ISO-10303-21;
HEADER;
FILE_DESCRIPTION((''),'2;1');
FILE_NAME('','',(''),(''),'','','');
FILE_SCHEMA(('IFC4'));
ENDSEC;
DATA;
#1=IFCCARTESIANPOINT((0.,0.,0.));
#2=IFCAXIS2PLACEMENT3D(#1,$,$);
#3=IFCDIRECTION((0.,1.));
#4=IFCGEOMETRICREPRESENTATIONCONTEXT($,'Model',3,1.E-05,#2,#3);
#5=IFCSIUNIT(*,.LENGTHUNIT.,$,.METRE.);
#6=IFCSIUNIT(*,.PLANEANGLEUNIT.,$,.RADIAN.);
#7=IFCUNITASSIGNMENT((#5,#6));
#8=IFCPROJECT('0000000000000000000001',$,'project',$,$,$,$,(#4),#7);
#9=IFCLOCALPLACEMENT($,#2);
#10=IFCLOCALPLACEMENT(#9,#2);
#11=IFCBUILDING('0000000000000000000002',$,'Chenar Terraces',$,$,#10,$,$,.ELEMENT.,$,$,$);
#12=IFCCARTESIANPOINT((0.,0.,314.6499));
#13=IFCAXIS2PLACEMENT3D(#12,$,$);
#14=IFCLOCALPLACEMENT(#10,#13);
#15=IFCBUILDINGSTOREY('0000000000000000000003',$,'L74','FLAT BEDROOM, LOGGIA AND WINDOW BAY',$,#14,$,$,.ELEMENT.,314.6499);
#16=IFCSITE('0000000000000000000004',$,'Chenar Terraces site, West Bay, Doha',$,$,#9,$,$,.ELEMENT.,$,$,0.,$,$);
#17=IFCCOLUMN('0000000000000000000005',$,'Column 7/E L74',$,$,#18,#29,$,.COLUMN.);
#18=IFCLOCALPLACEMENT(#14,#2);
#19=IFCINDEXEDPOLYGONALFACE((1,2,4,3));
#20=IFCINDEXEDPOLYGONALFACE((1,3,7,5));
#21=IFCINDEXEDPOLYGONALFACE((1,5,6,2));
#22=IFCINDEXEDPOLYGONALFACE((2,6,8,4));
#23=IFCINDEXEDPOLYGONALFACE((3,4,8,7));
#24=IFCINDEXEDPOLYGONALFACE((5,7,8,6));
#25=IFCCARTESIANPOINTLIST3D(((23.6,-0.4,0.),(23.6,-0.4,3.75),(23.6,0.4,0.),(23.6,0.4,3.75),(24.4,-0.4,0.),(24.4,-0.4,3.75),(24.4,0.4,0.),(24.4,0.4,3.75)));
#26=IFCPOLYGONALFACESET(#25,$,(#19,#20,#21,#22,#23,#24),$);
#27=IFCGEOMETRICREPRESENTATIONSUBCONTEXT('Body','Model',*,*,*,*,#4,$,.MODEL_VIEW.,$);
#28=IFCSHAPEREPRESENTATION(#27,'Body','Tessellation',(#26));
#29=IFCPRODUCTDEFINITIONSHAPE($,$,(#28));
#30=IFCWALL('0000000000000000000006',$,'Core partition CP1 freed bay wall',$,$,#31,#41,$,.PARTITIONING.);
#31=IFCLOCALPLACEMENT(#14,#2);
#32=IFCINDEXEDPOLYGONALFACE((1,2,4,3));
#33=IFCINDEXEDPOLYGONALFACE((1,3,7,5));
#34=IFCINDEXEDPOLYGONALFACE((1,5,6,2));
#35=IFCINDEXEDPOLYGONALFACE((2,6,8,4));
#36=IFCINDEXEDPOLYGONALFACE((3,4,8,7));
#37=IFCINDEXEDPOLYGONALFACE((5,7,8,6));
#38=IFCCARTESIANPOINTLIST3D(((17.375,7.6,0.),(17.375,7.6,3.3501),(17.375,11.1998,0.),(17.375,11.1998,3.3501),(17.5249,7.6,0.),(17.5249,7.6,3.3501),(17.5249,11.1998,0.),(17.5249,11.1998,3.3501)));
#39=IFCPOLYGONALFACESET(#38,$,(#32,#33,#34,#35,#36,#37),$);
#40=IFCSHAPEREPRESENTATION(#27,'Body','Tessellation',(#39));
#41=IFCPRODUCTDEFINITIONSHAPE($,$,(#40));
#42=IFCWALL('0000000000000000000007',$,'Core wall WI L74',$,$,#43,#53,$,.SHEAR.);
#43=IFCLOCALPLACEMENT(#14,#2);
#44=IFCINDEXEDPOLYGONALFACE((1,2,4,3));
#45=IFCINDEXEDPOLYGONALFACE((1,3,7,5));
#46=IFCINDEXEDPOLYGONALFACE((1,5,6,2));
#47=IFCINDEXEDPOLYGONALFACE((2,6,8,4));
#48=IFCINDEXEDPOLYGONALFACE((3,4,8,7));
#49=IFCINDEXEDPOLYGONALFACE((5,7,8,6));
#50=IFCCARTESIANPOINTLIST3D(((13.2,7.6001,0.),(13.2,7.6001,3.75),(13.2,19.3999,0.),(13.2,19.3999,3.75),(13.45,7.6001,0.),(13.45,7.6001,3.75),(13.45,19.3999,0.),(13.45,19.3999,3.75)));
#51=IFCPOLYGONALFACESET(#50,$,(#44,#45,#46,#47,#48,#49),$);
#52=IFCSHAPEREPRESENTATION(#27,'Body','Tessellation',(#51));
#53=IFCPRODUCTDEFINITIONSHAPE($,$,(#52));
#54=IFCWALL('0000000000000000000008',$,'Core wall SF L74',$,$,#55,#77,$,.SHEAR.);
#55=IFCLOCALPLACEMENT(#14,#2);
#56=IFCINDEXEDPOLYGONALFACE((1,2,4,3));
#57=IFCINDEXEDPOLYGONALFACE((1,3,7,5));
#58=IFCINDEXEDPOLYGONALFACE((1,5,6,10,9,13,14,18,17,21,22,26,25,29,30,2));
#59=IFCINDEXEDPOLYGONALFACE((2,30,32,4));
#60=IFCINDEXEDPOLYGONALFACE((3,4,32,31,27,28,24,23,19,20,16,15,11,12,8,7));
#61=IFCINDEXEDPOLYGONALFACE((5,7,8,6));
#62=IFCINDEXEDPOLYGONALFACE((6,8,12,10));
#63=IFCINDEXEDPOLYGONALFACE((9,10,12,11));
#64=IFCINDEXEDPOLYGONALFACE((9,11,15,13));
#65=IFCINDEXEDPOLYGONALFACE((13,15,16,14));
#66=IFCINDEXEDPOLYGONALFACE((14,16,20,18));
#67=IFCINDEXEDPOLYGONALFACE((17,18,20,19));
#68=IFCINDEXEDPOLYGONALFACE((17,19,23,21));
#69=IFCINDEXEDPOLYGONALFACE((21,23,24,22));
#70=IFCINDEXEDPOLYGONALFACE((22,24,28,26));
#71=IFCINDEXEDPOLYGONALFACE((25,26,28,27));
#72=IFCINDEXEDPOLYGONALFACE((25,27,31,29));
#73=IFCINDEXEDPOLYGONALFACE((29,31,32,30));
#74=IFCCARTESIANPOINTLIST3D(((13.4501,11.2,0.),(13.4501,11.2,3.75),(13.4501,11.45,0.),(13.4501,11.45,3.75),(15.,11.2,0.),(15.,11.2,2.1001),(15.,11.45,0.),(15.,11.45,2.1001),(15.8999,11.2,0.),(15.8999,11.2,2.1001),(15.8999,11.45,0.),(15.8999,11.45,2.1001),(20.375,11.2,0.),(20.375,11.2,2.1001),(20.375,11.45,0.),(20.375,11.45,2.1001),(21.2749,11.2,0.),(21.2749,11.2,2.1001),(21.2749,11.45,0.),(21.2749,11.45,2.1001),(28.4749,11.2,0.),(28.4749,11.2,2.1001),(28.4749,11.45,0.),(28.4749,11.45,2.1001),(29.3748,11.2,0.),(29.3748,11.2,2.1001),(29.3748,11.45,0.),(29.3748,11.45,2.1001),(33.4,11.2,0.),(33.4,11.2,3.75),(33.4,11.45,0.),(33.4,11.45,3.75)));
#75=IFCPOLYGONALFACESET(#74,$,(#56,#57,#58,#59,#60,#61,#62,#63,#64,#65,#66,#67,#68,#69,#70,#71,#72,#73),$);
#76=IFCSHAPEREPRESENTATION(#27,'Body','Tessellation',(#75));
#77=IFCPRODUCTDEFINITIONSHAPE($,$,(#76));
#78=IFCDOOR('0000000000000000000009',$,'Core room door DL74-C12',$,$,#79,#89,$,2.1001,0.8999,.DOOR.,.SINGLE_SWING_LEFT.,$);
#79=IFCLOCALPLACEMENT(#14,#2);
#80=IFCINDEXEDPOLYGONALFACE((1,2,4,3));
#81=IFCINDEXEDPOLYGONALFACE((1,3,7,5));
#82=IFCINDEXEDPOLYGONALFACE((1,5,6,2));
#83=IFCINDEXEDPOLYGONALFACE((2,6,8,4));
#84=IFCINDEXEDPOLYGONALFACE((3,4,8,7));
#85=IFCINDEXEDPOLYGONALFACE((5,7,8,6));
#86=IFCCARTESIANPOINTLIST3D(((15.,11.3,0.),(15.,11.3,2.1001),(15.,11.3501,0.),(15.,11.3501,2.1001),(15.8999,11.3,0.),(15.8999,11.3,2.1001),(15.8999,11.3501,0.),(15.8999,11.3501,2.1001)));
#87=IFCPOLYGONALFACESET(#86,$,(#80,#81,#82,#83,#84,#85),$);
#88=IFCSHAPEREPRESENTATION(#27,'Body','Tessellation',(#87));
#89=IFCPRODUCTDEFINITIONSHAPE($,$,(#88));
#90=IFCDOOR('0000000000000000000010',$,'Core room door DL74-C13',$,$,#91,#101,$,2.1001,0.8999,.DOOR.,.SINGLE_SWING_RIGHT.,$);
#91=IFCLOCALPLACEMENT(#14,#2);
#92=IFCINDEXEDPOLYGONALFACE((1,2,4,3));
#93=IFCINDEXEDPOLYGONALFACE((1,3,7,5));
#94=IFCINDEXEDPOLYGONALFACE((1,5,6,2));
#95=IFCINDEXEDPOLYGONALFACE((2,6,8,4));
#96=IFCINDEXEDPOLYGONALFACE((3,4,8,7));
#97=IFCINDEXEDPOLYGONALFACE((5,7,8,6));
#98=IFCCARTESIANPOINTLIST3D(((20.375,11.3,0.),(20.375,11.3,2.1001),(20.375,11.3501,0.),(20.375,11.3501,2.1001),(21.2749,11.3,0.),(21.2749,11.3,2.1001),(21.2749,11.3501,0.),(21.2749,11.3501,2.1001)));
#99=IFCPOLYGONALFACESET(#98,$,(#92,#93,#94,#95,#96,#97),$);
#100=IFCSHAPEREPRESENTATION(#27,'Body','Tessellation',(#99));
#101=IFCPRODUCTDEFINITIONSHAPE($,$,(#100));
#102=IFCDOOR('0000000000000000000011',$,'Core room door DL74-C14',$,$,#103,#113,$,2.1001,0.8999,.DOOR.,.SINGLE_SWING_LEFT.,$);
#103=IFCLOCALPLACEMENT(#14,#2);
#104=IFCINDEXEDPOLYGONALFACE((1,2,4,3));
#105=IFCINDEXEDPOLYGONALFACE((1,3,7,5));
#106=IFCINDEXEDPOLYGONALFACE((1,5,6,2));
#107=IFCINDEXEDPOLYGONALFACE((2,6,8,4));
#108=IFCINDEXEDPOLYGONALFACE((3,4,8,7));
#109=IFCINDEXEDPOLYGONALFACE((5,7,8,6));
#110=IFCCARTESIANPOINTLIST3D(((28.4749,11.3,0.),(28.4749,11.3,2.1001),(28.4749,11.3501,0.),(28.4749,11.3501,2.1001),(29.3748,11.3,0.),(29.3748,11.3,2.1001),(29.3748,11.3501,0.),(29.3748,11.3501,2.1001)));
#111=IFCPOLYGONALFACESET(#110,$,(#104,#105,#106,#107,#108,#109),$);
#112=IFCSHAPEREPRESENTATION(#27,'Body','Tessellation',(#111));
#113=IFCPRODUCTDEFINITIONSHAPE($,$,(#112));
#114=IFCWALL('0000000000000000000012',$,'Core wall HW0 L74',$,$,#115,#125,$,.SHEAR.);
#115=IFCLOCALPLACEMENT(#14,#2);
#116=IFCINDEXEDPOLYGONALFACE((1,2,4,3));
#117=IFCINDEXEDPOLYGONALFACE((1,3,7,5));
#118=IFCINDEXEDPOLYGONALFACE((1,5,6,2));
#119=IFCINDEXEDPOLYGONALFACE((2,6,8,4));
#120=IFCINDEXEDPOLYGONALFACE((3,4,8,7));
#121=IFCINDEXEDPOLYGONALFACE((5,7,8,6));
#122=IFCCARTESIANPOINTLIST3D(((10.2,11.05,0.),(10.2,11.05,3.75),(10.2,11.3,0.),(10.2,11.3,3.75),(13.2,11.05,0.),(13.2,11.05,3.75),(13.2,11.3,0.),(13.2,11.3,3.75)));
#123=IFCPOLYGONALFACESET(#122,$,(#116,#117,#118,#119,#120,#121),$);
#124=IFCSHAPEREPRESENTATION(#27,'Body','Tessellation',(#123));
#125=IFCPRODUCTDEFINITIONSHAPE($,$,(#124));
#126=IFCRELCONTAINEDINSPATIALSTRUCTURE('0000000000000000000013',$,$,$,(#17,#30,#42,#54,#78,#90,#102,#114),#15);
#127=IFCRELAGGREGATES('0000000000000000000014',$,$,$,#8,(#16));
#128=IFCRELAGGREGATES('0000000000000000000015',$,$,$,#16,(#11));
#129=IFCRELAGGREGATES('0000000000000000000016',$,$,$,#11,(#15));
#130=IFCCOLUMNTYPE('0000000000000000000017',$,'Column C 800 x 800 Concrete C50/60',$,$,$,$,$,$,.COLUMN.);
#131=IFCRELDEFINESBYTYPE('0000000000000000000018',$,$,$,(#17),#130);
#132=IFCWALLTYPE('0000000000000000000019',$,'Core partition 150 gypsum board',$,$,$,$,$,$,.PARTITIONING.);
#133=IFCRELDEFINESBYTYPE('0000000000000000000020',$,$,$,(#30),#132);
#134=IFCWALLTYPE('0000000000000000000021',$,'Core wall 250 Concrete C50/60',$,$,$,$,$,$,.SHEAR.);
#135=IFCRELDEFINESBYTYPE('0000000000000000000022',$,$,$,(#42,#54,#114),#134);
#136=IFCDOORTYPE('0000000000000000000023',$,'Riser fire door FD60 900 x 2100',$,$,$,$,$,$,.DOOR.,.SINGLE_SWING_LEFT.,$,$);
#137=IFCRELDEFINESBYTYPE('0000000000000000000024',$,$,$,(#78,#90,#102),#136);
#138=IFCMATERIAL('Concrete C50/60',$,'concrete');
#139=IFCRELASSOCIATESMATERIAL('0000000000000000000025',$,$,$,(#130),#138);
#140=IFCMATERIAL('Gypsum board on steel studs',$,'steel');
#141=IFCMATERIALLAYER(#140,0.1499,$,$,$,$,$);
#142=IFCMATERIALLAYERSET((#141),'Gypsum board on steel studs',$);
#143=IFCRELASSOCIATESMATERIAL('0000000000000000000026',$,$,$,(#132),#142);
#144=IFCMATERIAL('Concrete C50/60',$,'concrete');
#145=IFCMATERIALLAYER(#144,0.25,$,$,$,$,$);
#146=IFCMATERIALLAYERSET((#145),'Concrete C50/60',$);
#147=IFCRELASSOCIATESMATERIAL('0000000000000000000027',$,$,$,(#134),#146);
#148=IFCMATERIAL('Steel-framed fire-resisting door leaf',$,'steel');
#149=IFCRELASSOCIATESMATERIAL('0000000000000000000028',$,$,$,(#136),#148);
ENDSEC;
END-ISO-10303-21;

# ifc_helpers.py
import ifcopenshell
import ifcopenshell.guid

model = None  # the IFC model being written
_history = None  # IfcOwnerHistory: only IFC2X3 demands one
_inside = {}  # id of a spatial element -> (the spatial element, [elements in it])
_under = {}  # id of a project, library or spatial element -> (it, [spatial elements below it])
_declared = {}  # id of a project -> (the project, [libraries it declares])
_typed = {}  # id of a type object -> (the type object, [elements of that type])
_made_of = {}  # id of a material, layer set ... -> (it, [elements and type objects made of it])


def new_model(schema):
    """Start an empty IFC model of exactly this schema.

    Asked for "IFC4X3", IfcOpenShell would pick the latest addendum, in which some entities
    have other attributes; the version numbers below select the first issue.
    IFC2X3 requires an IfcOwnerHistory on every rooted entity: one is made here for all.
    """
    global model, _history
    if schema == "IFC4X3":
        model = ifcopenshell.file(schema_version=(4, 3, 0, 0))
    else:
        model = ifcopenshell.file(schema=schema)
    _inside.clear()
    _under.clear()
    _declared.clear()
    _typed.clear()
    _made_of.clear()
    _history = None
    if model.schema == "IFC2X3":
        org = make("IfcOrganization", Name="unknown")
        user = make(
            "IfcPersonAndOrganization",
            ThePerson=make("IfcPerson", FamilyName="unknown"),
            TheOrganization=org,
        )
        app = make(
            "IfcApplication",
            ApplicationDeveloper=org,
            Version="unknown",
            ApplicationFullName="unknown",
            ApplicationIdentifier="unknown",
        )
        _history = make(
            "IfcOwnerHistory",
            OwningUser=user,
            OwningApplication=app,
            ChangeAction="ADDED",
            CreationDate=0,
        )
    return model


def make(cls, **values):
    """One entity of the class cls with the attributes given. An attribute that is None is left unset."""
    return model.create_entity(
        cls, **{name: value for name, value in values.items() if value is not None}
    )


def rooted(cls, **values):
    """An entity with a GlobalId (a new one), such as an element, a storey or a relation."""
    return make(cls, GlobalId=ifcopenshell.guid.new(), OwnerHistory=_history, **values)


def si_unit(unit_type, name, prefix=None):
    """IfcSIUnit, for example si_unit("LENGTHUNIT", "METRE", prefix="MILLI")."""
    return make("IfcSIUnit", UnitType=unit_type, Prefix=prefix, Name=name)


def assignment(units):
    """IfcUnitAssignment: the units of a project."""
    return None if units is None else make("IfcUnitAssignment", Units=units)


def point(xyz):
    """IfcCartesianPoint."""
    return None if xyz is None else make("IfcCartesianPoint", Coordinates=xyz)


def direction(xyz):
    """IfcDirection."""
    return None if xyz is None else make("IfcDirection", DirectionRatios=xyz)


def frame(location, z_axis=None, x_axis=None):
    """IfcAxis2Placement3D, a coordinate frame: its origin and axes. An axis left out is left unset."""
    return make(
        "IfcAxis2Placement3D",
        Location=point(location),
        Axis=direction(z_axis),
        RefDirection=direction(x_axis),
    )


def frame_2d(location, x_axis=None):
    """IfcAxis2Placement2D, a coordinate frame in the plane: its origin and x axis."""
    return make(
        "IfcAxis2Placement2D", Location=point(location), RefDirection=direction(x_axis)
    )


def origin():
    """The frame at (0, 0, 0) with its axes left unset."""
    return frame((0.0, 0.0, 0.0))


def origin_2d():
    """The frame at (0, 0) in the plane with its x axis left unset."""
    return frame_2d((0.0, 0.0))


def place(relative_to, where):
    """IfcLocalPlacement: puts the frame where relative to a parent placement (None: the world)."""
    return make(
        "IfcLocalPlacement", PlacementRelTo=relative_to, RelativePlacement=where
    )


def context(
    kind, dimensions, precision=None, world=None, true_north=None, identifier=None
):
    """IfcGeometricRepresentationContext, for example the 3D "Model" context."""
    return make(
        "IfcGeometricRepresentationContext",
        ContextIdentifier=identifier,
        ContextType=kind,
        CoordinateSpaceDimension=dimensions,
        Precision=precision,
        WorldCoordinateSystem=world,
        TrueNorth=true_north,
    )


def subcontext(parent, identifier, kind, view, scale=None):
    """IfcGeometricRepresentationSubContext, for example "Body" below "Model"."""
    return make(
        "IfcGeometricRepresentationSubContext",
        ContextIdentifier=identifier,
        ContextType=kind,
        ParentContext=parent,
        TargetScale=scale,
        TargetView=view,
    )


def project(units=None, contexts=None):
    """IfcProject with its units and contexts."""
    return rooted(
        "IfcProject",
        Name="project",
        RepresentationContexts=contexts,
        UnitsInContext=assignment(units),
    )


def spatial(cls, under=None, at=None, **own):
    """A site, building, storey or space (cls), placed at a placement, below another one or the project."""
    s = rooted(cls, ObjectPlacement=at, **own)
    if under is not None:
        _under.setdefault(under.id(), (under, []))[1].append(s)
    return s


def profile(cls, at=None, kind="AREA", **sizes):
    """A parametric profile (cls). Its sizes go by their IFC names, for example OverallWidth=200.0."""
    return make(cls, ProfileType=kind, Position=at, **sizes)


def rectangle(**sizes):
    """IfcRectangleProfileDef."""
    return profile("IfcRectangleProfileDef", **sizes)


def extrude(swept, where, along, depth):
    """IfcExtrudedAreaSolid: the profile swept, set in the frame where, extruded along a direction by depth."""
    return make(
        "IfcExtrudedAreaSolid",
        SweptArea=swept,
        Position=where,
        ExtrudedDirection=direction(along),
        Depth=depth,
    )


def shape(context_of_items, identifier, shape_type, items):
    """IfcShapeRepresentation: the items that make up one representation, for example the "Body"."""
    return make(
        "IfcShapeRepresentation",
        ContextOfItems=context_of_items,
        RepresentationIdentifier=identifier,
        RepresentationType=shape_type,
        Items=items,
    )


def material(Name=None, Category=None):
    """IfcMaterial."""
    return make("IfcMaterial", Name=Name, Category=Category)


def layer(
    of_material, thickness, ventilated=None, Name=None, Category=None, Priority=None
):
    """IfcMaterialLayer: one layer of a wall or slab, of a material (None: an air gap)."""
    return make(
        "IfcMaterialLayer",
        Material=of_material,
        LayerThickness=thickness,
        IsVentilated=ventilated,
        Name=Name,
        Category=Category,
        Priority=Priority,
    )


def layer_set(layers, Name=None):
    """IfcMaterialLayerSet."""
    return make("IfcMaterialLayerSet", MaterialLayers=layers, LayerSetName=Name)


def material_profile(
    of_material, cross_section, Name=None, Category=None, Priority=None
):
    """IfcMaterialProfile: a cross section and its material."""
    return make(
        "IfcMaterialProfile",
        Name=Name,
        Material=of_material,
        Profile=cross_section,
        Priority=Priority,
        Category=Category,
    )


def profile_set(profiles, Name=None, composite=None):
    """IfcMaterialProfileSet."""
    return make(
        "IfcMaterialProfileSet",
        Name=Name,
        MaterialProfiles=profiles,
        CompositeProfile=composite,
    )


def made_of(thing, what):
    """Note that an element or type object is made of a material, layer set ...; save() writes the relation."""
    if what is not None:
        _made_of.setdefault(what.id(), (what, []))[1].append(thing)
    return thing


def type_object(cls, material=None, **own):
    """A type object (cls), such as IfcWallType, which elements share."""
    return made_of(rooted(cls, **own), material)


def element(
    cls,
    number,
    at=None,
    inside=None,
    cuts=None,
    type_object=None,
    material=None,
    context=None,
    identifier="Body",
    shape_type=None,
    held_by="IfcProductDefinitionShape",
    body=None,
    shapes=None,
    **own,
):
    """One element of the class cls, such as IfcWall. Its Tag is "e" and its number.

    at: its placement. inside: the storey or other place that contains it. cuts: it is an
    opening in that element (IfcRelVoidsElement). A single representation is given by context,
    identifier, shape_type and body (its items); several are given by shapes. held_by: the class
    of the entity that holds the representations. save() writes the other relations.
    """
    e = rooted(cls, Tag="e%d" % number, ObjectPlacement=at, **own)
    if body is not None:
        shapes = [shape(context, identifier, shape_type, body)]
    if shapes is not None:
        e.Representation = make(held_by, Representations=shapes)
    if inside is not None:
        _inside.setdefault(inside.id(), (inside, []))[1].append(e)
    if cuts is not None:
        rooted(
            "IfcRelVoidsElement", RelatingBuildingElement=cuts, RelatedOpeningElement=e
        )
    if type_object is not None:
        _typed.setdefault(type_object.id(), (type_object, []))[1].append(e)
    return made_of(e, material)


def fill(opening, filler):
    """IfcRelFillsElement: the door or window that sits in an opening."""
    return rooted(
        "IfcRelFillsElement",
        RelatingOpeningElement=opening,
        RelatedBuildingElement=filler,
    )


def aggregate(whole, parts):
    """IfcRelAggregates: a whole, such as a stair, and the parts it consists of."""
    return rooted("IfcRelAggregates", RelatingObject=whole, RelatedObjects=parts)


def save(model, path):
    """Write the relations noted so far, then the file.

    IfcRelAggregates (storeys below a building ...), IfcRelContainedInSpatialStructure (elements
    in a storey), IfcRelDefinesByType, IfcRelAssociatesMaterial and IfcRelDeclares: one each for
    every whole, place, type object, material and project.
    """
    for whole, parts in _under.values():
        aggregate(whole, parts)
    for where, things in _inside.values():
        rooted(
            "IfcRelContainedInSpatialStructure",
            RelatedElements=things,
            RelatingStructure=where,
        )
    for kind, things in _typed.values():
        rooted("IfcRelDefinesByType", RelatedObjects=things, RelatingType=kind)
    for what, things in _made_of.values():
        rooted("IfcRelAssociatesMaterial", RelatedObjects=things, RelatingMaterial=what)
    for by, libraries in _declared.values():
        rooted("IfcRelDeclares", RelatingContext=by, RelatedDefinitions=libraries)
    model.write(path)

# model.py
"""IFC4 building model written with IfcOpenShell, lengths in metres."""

from ifc_helpers import new_model, si_unit, direction, frame, frame_2d, origin, origin_2d, place, context, subcontext, project, spatial, rectangle, extrude, material, layer, layer_set, material_profile, profile_set, type_object, element, fill, save


model = new_model("IFC4")

# Units and contexts
model_context = context("Model", 3, precision=1e-05, world=origin(), true_north=direction((0.0, 1.0)))
body_context = subcontext(model_context, "Body", "Model", "MODEL_VIEW")
ifc_project = project(units=[si_unit("LENGTHUNIT", "METRE"), si_unit("PLANEANGLEUNIT", "RADIAN")], contexts=[model_context])

# Site, building, storey
site_placement = place(None, origin())
site = spatial("IfcSite", under=ifc_project, at=site_placement, Name="Chenar Terraces site, West Bay, Doha", CompositionType="ELEMENT", RefElevation=0.0)
building_placement = place(site_placement, origin())
building = spatial("IfcBuilding", under=site, at=building_placement, Name="Chenar Terraces", CompositionType="ELEMENT")
storey_placement = place(building_placement, frame((0.0, 0.0, 314.6499)))
storey = spatial("IfcBuildingStorey", under=building, at=storey_placement, Name="L74", Description="FLAT BEDROOM, LOGGIA AND WINDOW BAY", CompositionType="ELEMENT", Elevation=314.6499)

# Column
ifc_material_1 = material(Name="Concrete C50/60", Category="concrete")
ifc_material_profile = material_profile(ifc_material_1, rectangle(XDim=0.8, YDim=0.8, at=origin_2d()), Name="C 800 x 800")
ifc_profile_set = profile_set([ifc_material_profile], Name="Concrete C50/60")
column_type = type_object("IfcColumnType", Name="Column C 800 x 800 Concrete C50/60", PredefinedType="COLUMN", material=ifc_profile_set)
column_placement = place(storey_placement, frame((24.0, 0.0, 0.0), z_axis=(0.0, 0.0, 1.0), x_axis=(1.0, 0.0, 0.0)))
element("IfcColumn", 1, at=column_placement, inside=storey, type_object=column_type, Name="Column 7/E L74", PredefinedType="COLUMN", context=body_context, shape_type="SweptSolid", body=[
    extrude(rectangle(XDim=0.8, YDim=0.8, at=origin_2d()), origin(), (0.0, 0.0, 1.0), 3.75),
])

# Walls
ifc_material_2 = material(Name="Gypsum board on steel studs", Category="steel")
ifc_layer_1 = layer(ifc_material_2, 0.1499)
ifc_layer_set_1 = layer_set([ifc_layer_1], Name="Gypsum board on steel studs")
wall_type_1 = type_object("IfcWallType", Name="Core partition 150 gypsum board", PredefinedType="PARTITIONING", material=ifc_layer_set_1)
wall_1_placement = place(storey_placement, frame((17.45, 7.6001, 0.0), z_axis=(0.0, 0.0, 1.0), x_axis=(0.0, 1.0, 0.0)))
element("IfcWall", 2, at=wall_1_placement, inside=storey, type_object=wall_type_1, Name="Core partition CP1 freed bay wall", PredefinedType="PARTITIONING", context=body_context, shape_type="SweptSolid", body=[
    extrude(rectangle(XDim=3.5999, YDim=0.1499, at=frame_2d((1.7998, 0.0))), origin(), (0.0, 0.0, 1.0), 3.3501),
])
ifc_material_3 = material(Name="Concrete C50/60", Category="concrete")
ifc_layer_2 = layer(ifc_material_3, 0.25)
ifc_layer_set_2 = layer_set([ifc_layer_2], Name="Concrete C50/60")
wall_type_2 = type_object("IfcWallType", Name="Core wall 250 Concrete C50/60", PredefinedType="SHEAR", material=ifc_layer_set_2)
wall_2_placement = place(storey_placement, frame((13.325, 7.6001, 0.0), z_axis=(0.0, 0.0, 1.0), x_axis=(0.0, 1.0, 0.0)))
element("IfcWall", 3, at=wall_2_placement, inside=storey, type_object=wall_type_2, Name="Core wall WI L74", PredefinedType="SHEAR", context=body_context, shape_type="SweptSolid", body=[
    extrude(rectangle(XDim=11.7998, YDim=0.25, at=frame_2d((5.8999, 0.0))), origin(), (0.0, 0.0, 1.0), 3.75),
])

# Wall, openings, doors
wall_3_placement = place(storey_placement, frame((13.45, 11.325, 0.0), z_axis=(0.0, 0.0, 1.0), x_axis=(1.0, 0.0, 0.0)))
wall_3 = element("IfcWall", 4, at=wall_3_placement, inside=storey, type_object=wall_type_2, Name="Core wall SF L74", PredefinedType="SHEAR", context=body_context, shape_type="SweptSolid", body=[
    extrude(rectangle(XDim=19.95, YDim=0.25, at=frame_2d((9.9751, 0.0))), origin(), (0.0, 0.0, 1.0), 3.75),
])
opening_1_placement = place(wall_3_placement, frame((1.55, 0.0, 0.0)))
opening_1 = element("IfcOpeningElement", 5, at=opening_1_placement, cuts=wall_3, PredefinedType="OPENING", context=body_context, shape_type="SweptSolid", body=[
    extrude(rectangle(XDim=0.8999, YDim=2.1001, at=frame_2d((0.45, 1.05))), frame((0.0, 0.135, 0.0), z_axis=(0.0, -1.0, 0.0), x_axis=(1.0, 0.0, 0.0)), (0.0, 0.0, 1.0), 0.27),
])
opening_2_placement = place(wall_3_placement, frame((6.925, 0.0, 0.0)))
opening_2 = element("IfcOpeningElement", 6, at=opening_2_placement, cuts=wall_3, PredefinedType="OPENING", context=body_context, shape_type="SweptSolid", body=[
    extrude(rectangle(XDim=0.8999, YDim=2.1001, at=frame_2d((0.45, 1.05))), frame((0.0, 0.135, 0.0), z_axis=(0.0, -1.0, 0.0), x_axis=(1.0, 0.0, 0.0)), (0.0, 0.0, 1.0), 0.27),
])
opening_3_placement = place(wall_3_placement, frame((15.0249, 0.0, 0.0)))
opening_3 = element("IfcOpeningElement", 7, at=opening_3_placement, cuts=wall_3, PredefinedType="OPENING", context=body_context, shape_type="SweptSolid", body=[
    extrude(rectangle(XDim=0.8999, YDim=2.1001, at=frame_2d((0.45, 1.05))), frame((0.0, 0.135, 0.0), z_axis=(0.0, -1.0, 0.0), x_axis=(1.0, 0.0, 0.0)), (0.0, 0.0, 1.0), 0.27),
])
ifc_material_4 = material(Name="Steel-framed fire-resisting door leaf", Category="steel")
door_type_1 = type_object("IfcDoorType", Name="Riser fire door FD60 900 x 2100", OperationType="SINGLE_SWING_LEFT", PredefinedType="DOOR", material=ifc_material_4)
door_1_placement = place(opening_1_placement, frame((0.8999, 0.0, 0.0), z_axis=(0.0, 0.0, 1.0), x_axis=(-1.0, 0.0, 0.0)))
door_1 = element("IfcDoor", 8, at=door_1_placement, inside=storey, type_object=door_type_1, Name="Core room door DL74-C12", OperationType="SINGLE_SWING_LEFT", OverallHeight=2.1001, OverallWidth=0.8999, PredefinedType="DOOR", context=body_context, shape_type="SweptSolid", body=[
    extrude(rectangle(XDim=0.8999, YDim=2.1001, at=frame_2d((0.45, 1.05))), frame((0.0, 0.0249, 0.0), z_axis=(0.0, -1.0, 0.0), x_axis=(1.0, 0.0, 0.0)), (0.0, 0.0, 1.0), 0.05),
])
fill(opening_1, door_1)
door_2_placement = place(opening_2_placement, frame((0.8999, 0.0, 0.0), z_axis=(0.0, 0.0, 1.0), x_axis=(-1.0, 0.0, 0.0)))
door_2 = element("IfcDoor", 9, at=door_2_placement, inside=storey, type_object=door_type_1, Name="Core room door DL74-C13", OperationType="SINGLE_SWING_RIGHT", OverallHeight=2.1001, OverallWidth=0.8999, PredefinedType="DOOR", context=body_context, shape_type="SweptSolid", body=[
    extrude(rectangle(XDim=0.8999, YDim=2.1001, at=frame_2d((0.45, 1.05))), frame((0.0, 0.0249, 0.0), z_axis=(0.0, -1.0, 0.0), x_axis=(1.0, 0.0, 0.0)), (0.0, 0.0, 1.0), 0.05),
])
fill(opening_2, door_2)
door_3_placement = place(opening_3_placement, frame((0.8999, 0.0, 0.0), z_axis=(0.0, 0.0, 1.0), x_axis=(-1.0, 0.0, 0.0)))
door_3 = element("IfcDoor", 10, at=door_3_placement, inside=storey, type_object=door_type_1, Name="Core room door DL74-C14", OperationType="SINGLE_SWING_LEFT", OverallHeight=2.1001, OverallWidth=0.8999, PredefinedType="DOOR", context=body_context, shape_type="SweptSolid", body=[
    extrude(rectangle(XDim=0.8999, YDim=2.1001, at=frame_2d((0.45, 1.05))), frame((0.0, 0.0249, 0.0), z_axis=(0.0, -1.0, 0.0), x_axis=(1.0, 0.0, 0.0)), (0.0, 0.0, 1.0), 0.05),
])
fill(opening_3, door_3)

# Wall
wall_4_placement = place(storey_placement, frame((10.2, 11.175, 0.0), z_axis=(0.0, 0.0, 1.0), x_axis=(1.0, 0.0, 0.0)))
element("IfcWall", 11, at=wall_4_placement, inside=storey, type_object=wall_type_2, Name="Core wall HW0 L74", PredefinedType="SHEAR", context=body_context, shape_type="SweptSolid", body=[
    extrude(rectangle(XDim=3.0, YDim=0.25, at=frame_2d((1.5, 0.0))), origin(), (0.0, 0.0, 1.0), 3.75),
])

save(model, "model.ifc")
